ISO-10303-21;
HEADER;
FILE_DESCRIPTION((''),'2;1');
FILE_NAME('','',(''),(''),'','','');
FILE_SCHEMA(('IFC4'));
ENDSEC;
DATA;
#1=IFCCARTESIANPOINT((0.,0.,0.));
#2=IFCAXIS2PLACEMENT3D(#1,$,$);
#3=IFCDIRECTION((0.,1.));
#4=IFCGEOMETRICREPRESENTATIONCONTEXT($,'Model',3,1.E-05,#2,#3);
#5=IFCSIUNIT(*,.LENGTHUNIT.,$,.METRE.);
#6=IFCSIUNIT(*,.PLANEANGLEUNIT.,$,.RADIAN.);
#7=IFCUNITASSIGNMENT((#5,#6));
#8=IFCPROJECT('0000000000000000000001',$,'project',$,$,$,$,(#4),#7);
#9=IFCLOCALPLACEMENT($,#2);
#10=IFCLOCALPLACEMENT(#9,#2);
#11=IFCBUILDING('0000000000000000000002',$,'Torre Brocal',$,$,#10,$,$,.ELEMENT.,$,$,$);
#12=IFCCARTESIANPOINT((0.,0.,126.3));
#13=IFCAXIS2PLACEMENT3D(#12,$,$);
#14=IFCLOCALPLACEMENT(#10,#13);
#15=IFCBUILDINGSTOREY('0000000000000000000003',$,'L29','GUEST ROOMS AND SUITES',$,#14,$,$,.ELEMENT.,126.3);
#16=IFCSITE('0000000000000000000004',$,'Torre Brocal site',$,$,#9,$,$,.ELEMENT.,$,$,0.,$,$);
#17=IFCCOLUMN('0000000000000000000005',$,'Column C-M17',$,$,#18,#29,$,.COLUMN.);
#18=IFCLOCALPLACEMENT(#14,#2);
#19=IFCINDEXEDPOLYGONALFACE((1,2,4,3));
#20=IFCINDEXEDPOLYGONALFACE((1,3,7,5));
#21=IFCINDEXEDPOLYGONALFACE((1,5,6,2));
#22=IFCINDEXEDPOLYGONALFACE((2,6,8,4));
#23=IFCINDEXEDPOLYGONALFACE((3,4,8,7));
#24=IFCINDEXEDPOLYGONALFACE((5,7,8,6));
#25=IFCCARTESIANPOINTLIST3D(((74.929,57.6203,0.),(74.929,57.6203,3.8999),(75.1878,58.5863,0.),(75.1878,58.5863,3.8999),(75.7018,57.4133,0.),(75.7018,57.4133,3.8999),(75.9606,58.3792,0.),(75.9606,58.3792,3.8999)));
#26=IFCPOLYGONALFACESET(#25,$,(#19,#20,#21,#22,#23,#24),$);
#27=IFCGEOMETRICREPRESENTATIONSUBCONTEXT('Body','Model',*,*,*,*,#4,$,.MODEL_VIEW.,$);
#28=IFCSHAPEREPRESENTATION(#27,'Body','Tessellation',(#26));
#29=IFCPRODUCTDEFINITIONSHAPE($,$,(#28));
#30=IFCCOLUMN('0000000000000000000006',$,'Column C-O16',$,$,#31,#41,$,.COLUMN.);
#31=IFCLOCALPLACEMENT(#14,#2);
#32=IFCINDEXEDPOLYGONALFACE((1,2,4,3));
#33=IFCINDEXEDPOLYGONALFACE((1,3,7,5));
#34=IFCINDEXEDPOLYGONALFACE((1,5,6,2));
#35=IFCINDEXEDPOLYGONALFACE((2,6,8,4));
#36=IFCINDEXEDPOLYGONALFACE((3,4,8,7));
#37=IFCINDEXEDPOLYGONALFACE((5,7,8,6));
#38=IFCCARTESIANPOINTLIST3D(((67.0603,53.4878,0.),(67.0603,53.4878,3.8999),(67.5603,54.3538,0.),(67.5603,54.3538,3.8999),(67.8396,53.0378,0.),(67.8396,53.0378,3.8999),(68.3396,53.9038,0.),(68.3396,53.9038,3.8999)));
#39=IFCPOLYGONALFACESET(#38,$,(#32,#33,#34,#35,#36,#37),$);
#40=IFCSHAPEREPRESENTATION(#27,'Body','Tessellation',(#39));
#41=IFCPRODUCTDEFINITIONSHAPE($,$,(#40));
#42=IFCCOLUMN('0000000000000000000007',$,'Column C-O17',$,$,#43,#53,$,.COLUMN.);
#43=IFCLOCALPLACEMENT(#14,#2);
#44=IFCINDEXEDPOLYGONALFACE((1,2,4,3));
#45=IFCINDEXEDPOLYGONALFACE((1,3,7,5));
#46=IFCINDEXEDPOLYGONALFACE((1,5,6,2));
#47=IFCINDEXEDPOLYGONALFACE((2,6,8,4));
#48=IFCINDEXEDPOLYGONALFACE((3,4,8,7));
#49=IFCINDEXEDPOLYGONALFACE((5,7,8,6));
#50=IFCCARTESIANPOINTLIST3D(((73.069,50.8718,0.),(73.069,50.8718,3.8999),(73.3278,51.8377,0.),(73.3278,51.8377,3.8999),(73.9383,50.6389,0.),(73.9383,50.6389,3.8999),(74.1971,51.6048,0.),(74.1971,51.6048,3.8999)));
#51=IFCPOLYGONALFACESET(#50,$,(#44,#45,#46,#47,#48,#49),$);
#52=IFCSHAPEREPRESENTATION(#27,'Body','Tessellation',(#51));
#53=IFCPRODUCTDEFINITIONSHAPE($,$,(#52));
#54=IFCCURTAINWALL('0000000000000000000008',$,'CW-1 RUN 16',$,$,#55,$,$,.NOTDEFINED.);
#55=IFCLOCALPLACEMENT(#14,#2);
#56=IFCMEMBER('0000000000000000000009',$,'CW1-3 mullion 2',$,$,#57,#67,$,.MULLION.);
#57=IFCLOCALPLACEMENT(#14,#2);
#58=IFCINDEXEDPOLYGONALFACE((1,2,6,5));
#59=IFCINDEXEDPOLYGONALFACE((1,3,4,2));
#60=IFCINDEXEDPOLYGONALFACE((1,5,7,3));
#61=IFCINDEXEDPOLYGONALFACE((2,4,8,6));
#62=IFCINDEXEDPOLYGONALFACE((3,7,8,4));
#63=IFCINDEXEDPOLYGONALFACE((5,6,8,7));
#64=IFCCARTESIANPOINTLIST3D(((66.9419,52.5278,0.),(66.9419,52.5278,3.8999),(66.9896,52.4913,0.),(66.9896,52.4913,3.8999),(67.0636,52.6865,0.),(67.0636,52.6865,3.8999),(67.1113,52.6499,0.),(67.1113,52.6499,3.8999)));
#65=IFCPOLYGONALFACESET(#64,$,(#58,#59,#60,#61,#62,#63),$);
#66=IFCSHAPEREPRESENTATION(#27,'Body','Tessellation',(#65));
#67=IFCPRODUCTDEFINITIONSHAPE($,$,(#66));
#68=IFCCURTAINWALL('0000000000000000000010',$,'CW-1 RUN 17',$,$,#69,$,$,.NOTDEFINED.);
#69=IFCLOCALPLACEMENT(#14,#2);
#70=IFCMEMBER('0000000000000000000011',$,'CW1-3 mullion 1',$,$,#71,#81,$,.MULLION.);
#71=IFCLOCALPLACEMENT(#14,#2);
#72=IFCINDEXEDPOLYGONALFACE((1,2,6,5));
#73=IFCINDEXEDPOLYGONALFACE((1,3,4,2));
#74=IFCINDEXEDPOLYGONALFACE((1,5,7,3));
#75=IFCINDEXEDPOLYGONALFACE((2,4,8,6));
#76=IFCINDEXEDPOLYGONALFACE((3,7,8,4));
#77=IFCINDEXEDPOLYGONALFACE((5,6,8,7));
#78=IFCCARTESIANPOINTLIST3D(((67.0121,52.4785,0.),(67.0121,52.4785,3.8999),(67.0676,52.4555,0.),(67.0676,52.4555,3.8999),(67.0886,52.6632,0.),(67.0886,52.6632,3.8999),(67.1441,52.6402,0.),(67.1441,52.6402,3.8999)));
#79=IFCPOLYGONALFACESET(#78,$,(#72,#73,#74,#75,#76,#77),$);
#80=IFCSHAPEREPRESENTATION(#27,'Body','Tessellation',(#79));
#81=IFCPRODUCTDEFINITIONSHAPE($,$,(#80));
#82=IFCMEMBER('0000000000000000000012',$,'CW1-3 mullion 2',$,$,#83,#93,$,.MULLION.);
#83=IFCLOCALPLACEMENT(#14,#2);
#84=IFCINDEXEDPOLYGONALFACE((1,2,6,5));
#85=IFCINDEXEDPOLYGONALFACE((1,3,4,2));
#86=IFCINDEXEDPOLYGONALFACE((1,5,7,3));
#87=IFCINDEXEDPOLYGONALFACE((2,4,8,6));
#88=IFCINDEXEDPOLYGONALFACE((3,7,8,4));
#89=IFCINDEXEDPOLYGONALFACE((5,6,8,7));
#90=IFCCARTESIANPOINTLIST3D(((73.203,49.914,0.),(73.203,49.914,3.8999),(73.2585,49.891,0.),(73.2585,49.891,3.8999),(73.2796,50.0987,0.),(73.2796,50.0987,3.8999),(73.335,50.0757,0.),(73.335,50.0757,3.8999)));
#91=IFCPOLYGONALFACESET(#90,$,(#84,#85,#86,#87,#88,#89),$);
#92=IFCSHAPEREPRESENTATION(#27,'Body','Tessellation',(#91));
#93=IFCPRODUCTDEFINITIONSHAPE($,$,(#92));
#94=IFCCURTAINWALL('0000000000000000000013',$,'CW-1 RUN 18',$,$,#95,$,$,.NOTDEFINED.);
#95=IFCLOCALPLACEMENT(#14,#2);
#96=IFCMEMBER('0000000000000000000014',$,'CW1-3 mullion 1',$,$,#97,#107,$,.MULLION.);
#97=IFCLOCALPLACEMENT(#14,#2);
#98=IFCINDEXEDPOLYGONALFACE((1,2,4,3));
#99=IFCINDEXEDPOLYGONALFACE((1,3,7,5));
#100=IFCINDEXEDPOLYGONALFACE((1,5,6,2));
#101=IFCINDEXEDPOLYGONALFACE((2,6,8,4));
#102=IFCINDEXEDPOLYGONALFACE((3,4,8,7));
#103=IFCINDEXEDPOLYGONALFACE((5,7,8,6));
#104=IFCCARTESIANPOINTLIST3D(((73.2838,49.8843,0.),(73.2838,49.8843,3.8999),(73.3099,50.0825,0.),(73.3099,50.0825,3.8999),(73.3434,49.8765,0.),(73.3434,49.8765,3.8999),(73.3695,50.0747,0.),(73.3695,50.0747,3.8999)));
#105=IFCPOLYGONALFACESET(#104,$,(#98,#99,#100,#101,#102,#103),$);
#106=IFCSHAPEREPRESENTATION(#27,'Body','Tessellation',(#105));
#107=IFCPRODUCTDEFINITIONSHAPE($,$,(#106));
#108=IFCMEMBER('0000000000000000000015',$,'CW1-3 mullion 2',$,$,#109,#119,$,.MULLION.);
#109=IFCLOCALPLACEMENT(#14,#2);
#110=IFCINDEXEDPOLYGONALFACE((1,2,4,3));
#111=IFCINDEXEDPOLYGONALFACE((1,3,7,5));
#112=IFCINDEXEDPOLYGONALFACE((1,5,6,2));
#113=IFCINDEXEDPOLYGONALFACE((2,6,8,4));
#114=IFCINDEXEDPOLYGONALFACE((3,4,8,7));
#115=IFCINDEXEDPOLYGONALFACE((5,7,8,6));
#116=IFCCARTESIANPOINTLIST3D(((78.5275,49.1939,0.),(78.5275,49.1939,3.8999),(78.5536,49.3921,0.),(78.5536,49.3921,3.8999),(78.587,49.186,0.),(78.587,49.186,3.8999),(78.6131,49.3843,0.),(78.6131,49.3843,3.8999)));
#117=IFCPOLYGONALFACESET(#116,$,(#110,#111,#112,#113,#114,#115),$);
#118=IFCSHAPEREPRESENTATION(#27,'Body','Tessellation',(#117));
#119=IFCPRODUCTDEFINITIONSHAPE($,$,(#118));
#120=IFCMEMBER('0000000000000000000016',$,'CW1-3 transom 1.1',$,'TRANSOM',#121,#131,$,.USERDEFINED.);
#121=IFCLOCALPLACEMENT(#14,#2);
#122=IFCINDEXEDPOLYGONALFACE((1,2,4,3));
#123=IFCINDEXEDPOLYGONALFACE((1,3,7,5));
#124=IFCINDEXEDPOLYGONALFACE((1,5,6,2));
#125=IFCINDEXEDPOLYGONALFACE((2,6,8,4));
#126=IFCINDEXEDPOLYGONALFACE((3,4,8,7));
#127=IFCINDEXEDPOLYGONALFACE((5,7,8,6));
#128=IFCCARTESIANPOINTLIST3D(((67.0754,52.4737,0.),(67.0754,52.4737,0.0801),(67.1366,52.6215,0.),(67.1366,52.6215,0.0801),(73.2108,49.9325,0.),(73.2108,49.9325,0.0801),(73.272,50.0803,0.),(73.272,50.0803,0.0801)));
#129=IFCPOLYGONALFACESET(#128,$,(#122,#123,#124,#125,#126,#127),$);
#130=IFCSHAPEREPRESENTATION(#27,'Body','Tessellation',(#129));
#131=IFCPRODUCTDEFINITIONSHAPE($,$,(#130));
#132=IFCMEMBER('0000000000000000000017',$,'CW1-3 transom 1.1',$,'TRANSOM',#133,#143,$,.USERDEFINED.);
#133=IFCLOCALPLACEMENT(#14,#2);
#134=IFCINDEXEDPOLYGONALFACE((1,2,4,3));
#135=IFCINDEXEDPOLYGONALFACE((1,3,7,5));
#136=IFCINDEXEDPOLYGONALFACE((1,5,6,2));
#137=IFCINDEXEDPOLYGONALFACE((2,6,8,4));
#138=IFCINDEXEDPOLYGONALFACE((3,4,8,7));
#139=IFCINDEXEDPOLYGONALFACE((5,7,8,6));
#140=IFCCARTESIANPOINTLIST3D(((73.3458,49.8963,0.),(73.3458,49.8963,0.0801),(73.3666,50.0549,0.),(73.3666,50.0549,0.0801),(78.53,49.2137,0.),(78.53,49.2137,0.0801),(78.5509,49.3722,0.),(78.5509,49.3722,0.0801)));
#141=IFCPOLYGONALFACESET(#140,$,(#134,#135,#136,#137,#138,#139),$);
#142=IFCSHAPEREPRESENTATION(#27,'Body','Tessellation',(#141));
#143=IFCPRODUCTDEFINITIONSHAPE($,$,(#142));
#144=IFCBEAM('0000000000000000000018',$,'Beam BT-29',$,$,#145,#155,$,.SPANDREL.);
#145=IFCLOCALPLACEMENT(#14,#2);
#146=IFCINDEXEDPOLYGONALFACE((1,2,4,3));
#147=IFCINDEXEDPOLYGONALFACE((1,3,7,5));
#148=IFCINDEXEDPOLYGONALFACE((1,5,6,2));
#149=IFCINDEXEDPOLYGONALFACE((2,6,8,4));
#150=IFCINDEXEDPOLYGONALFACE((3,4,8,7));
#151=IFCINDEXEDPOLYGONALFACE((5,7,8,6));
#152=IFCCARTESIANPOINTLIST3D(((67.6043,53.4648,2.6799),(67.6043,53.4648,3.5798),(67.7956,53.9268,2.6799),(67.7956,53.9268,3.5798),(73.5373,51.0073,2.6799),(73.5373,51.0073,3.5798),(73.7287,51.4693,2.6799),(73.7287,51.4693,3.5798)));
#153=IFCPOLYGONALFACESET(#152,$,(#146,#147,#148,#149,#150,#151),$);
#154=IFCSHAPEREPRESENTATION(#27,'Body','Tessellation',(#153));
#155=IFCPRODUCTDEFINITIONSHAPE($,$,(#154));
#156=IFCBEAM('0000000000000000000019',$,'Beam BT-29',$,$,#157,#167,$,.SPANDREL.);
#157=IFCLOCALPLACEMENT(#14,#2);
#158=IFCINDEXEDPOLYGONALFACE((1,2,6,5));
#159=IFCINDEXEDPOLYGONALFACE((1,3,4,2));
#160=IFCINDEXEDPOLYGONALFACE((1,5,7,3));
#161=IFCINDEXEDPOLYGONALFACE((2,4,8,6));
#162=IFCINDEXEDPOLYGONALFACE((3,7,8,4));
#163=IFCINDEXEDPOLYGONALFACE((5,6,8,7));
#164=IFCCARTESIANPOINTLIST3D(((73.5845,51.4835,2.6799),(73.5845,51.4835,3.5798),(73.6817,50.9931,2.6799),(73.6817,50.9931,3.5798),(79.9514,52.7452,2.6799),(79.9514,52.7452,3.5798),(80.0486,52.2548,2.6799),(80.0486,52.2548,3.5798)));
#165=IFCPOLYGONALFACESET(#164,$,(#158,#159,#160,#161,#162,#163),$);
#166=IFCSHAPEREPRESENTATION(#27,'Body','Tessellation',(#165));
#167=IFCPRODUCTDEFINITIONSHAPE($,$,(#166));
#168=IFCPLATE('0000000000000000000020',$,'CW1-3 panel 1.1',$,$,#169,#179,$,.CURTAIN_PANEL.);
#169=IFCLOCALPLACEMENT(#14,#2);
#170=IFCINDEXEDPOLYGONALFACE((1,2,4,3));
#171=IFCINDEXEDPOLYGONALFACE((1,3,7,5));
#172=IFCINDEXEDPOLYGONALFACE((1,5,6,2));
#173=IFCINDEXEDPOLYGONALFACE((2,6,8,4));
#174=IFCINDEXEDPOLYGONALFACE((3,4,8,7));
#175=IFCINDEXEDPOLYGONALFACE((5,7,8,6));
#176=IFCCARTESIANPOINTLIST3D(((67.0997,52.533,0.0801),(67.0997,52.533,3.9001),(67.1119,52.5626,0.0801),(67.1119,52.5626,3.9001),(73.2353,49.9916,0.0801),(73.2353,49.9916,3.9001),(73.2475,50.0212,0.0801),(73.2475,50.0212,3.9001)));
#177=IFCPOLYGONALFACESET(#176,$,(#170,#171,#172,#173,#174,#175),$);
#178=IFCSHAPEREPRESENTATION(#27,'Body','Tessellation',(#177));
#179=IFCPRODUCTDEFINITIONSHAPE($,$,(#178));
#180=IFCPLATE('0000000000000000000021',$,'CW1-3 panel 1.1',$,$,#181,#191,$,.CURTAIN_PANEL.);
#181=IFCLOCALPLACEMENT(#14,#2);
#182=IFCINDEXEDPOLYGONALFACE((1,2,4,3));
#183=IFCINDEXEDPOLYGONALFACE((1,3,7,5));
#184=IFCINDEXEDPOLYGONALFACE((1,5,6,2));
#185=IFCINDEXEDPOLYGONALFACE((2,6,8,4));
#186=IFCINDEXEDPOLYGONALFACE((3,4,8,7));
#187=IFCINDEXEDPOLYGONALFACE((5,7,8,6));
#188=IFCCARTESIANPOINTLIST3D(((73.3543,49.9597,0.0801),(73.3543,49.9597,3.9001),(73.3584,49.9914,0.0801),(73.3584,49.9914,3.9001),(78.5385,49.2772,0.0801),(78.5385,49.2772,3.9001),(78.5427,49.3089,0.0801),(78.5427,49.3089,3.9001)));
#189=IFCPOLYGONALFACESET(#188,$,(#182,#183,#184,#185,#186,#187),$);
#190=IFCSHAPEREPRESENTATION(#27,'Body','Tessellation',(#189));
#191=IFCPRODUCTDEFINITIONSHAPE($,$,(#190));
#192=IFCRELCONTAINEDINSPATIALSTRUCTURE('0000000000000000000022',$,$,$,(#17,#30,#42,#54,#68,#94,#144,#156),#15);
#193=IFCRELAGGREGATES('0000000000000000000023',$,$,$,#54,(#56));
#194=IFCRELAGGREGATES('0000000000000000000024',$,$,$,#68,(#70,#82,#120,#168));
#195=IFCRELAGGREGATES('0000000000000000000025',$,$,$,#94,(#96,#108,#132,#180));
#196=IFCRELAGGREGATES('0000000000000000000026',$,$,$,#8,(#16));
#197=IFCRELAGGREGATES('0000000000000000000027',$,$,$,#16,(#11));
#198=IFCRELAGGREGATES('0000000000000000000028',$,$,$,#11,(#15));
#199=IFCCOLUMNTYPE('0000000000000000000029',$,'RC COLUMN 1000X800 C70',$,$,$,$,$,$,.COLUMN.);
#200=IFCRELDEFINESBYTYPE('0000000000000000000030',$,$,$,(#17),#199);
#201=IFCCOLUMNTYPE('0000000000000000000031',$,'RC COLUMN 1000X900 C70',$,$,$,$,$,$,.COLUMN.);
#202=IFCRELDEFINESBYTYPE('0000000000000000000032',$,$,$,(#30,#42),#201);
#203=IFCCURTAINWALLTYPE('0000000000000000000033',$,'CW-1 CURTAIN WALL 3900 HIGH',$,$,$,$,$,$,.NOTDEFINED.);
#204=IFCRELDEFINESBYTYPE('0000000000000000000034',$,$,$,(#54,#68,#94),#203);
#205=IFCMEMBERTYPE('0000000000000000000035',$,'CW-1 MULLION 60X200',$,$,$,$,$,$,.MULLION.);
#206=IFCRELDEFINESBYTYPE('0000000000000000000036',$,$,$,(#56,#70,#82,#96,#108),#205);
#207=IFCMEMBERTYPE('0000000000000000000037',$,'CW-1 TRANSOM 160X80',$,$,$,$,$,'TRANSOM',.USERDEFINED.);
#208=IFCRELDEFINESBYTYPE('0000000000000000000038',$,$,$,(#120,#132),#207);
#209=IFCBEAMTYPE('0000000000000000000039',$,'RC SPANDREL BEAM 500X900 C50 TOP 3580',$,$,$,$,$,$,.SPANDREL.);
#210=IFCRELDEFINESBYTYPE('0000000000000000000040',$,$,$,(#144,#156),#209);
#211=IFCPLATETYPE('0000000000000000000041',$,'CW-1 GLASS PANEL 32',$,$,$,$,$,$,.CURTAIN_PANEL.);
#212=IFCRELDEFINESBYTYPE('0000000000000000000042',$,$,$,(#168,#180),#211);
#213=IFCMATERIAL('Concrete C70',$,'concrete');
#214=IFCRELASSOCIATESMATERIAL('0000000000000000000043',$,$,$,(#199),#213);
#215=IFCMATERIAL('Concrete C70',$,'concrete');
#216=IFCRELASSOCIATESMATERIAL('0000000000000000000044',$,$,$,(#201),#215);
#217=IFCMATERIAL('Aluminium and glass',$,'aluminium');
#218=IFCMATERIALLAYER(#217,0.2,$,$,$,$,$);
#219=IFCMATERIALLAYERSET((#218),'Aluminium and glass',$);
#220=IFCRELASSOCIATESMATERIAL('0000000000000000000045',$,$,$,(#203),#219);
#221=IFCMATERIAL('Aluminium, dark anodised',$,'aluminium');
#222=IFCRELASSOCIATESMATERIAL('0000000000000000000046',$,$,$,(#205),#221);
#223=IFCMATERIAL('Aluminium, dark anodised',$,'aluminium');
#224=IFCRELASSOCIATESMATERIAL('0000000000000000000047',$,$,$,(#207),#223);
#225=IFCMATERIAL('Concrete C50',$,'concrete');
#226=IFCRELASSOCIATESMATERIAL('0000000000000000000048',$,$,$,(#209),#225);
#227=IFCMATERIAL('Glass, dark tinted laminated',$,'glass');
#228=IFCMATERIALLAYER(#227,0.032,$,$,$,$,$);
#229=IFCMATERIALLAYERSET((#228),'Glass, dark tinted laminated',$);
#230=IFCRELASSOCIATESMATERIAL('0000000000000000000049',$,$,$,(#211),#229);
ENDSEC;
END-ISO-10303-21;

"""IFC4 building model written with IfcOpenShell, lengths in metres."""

from ifc_helpers import new_model, si_unit, direction, frame, origin, origin_2d, place, context, subcontext, project, spatial, rectangle, extrude, material, layer, layer_set, material_profile, profile_set, type_object, element, aggregate, save


model = new_model("IFC4")

# Units and contexts
model_context = context("Model", 3, precision=1e-05, world=origin(), true_north=direction((0.0, 1.0)))
body_context = subcontext(model_context, "Body", "Model", "MODEL_VIEW")
ifc_project = project(units=[si_unit("LENGTHUNIT", "METRE"), si_unit("PLANEANGLEUNIT", "RADIAN")], contexts=[model_context])

# Site, building, storey
site_placement = place(None, origin())
site = spatial("IfcSite", under=ifc_project, at=site_placement, Name="Torre Brocal site", CompositionType="ELEMENT", RefElevation=0.0)
building_placement = place(site_placement, origin())
building = spatial("IfcBuilding", under=site, at=building_placement, Name="Torre Brocal", CompositionType="ELEMENT")
storey_placement = place(building_placement, frame((0.0, 0.0, 126.3)))
storey = spatial("IfcBuildingStorey", under=building, at=storey_placement, Name="L29", Description="GUEST ROOMS AND SUITES", CompositionType="ELEMENT", Elevation=126.3)

# Columns
ifc_material_1 = material(Name="Concrete C70", Category="concrete")
ifc_material_profile_1 = material_profile(ifc_material_1, rectangle(XDim=1.0, YDim=0.8, at=origin_2d()), Name="RC 1000X800")
ifc_profile_set_1 = profile_set([ifc_material_profile_1], Name="Concrete C70")
column_type_1 = type_object("IfcColumnType", Name="RC COLUMN 1000X800 C70", PredefinedType="COLUMN", material=ifc_profile_set_1)
column_placement = place(storey_placement, frame((75.4448, 57.9998, 0.0), z_axis=(0.0, 0.0, 1.0), x_axis=(-0.258819, -0.965926, 0.0)))
element("IfcColumn", 1, at=column_placement, inside=storey, type_object=column_type_1, Name="Column C-M17", PredefinedType="COLUMN", context=body_context, shape_type="SweptSolid", body=[
    extrude(rectangle(XDim=1.0, YDim=0.8, at=origin_2d()), origin(), (0.0, 0.0, 1.0), 3.8999),
])
ifc_material_2 = material(Name="Concrete C70", Category="concrete")
ifc_material_profile_2 = material_profile(ifc_material_2, rectangle(XDim=1.0, YDim=0.8999, at=origin_2d()), Name="RC 1000X900")
ifc_profile_set_2 = profile_set([ifc_material_profile_2], Name="Concrete C70")
column_type_2 = type_object("IfcColumnType", Name="RC COLUMN 1000X900 C70", PredefinedType="COLUMN", material=ifc_profile_set_2)
for number, where, z_axis, x_axis, name in (
    (2, (67.7, 53.6958, 0.0), (0.0, 0.0, 1.0), (-0.5, -0.866025, 0.0), "Column C-O16"),
    (3, (73.6331, 51.2383, 0.0), (0.0, 0.0, 1.0), (-0.258819, -0.965926, 0.0), "Column C-O17"),
):
    element("IfcColumn", number, at=place(storey_placement, frame(where, z_axis=z_axis, x_axis=x_axis)), inside=storey, type_object=column_type_2, Name=name, PredefinedType="COLUMN", context=body_context, shape_type="SweptSolid", body=[
        extrude(rectangle(XDim=1.0, YDim=0.8999, at=origin_2d()), origin(), (0.0, 0.0, 1.0), 3.8999),
    ])

# Curtain wall, member
ifc_material_3 = material(Name="Aluminium and glass", Category="aluminium")
ifc_layer_1 = layer(ifc_material_3, 0.2)
ifc_layer_set_1 = layer_set([ifc_layer_1], Name="Aluminium and glass")
curtain_wall_type = type_object("IfcCurtainWallType", Name="CW-1 CURTAIN WALL 3900 HIGH", PredefinedType="NOTDEFINED", material=ifc_layer_set_1)
curtain_wall_1_placement = place(storey_placement, origin())
curtain_wall_1 = element("IfcCurtainWall", 4, at=curtain_wall_1_placement, inside=storey, type_object=curtain_wall_type, Name="CW-1 RUN 16", PredefinedType="NOTDEFINED")
ifc_material_4 = material(Name="Aluminium, dark anodised", Category="aluminium")
ifc_material_profile_3 = material_profile(ifc_material_4, rectangle(XDim=0.2, YDim=0.0601, at=origin_2d()), Name="CW-1 MULLION 60X200")
ifc_profile_set_3 = profile_set([ifc_material_profile_3], Name="Aluminium, dark anodised")
member_type_1 = type_object("IfcMemberType", Name="CW-1 MULLION 60X200", PredefinedType="MULLION", material=ifc_profile_set_3)
member_1_placement = place(storey_placement, frame((67.0266, 52.5889, 0.0), z_axis=(0.0, 0.0, 1.0), x_axis=(0.608761, 0.793353, 0.0)))
member_1 = element("IfcMember", 5, at=member_1_placement, type_object=member_type_1, Name="CW1-3 mullion 2", PredefinedType="MULLION", context=body_context, shape_type="SweptSolid", body=[
    extrude(rectangle(XDim=0.2, YDim=0.0601, at=origin_2d()), origin(), (0.0, 0.0, 1.0), 3.8999),
])
aggregate(curtain_wall_1, [member_1])

# Curtain walls, members
curtain_wall_2_placement = place(storey_placement, origin())
curtain_wall_2 = element("IfcCurtainWall", 6, at=curtain_wall_2_placement, inside=storey, type_object=curtain_wall_type, Name="CW-1 RUN 17", PredefinedType="NOTDEFINED")
member_2_placement = place(storey_placement, frame((67.0781, 52.5593, 0.0), z_axis=(0.0, 0.0, 1.0), x_axis=(0.382683, 0.92388, 0.0)))
member_2 = element("IfcMember", 7, at=member_2_placement, type_object=member_type_1, Name="CW1-3 mullion 1", PredefinedType="MULLION", context=body_context, shape_type="SweptSolid", body=[
    extrude(rectangle(XDim=0.2, YDim=0.0601, at=origin_2d()), origin(), (0.0, 0.0, 1.0), 3.8999),
])
member_3_placement = place(storey_placement, frame((73.269, 49.9949, 0.0), z_axis=(0.0, 0.0, 1.0), x_axis=(0.382683, 0.92388, 0.0)))
member_3 = element("IfcMember", 8, at=member_3_placement, type_object=member_type_1, Name="CW1-3 mullion 2", PredefinedType="MULLION", context=body_context, shape_type="SweptSolid", body=[
    extrude(rectangle(XDim=0.2, YDim=0.0601, at=origin_2d()), origin(), (0.0, 0.0, 1.0), 3.8999),
])
curtain_wall_3_placement = place(storey_placement, origin())
curtain_wall_3 = element("IfcCurtainWall", 9, at=curtain_wall_3_placement, inside=storey, type_object=curtain_wall_type, Name="CW-1 RUN 18", PredefinedType="NOTDEFINED")
member_4_placement = place(storey_placement, frame((73.3267, 49.9795, 0.0), z_axis=(0.0, 0.0, 1.0), x_axis=(0.130526, 0.991445, 0.0)))
member_4 = element("IfcMember", 10, at=member_4_placement, type_object=member_type_1, Name="CW1-3 mullion 1", PredefinedType="MULLION", context=body_context, shape_type="SweptSolid", body=[
    extrude(rectangle(XDim=0.2, YDim=0.0601, at=origin_2d()), origin(), (0.0, 0.0, 1.0), 3.8999),
])
member_5_placement = place(storey_placement, frame((78.5703, 49.2891, 0.0), z_axis=(0.0, 0.0, 1.0), x_axis=(0.130526, 0.991445, 0.0)))
member_5 = element("IfcMember", 11, at=member_5_placement, type_object=member_type_1, Name="CW1-3 mullion 2", PredefinedType="MULLION", context=body_context, shape_type="SweptSolid", body=[
    extrude(rectangle(XDim=0.2, YDim=0.0601, at=origin_2d()), origin(), (0.0, 0.0, 1.0), 3.8999),
])

# Members
ifc_material_5 = material(Name="Aluminium, dark anodised", Category="aluminium")
ifc_material_profile_4 = material_profile(ifc_material_5, rectangle(XDim=0.1599, YDim=0.0801, at=origin_2d()), Name="CW-1 TRANSOM 160X80")
ifc_profile_set_4 = profile_set([ifc_material_profile_4], Name="Aluminium, dark anodised")
member_type_2 = type_object("IfcMemberType", Name="CW-1 TRANSOM 160X80", ElementType="TRANSOM", PredefinedType="USERDEFINED", material=ifc_profile_set_4)
member_6_placement = place(storey_placement, frame((67.106, 52.5476, 0.04), z_axis=(0.923887, -0.382665, 0.0), x_axis=(0.382665, 0.923887, 0.0)))
member_6 = element("IfcMember", 12, at=member_6_placement, type_object=member_type_2, Name="CW1-3 transom 1.1", ObjectType="TRANSOM", PredefinedType="USERDEFINED", context=body_context, shape_type="SweptSolid", body=[
    extrude(rectangle(XDim=0.1599, YDim=0.0801, at=origin_2d()), origin(), (0.0, 0.0, 1.0), 6.6409),
])
member_7_placement = place(storey_placement, frame((73.3562, 49.9756, 0.04), z_axis=(0.991443, -0.130543, 0.0), x_axis=(0.130543, 0.991443, 0.0)))
member_7 = element("IfcMember", 13, at=member_7_placement, type_object=member_type_2, Name="CW1-3 transom 1.1", ObjectType="TRANSOM", PredefinedType="USERDEFINED", context=body_context, shape_type="SweptSolid", body=[
    extrude(rectangle(XDim=0.1599, YDim=0.0801, at=origin_2d()), origin(), (0.0, 0.0, 1.0), 5.229),
])

# Beams
ifc_material_6 = material(Name="Concrete C50", Category="concrete")
ifc_material_profile_5 = material_profile(ifc_material_6, rectangle(XDim=0.5, YDim=0.8999, at=origin_2d()), Name="RC 500X900")
ifc_profile_set_5 = profile_set([ifc_material_profile_5], Name="Concrete C50")
beam_type = type_object("IfcBeamType", Name="RC SPANDREL BEAM 500X900 C50 TOP 3580", PredefinedType="SPANDREL", material=ifc_profile_set_5)
beam_1_placement = place(storey_placement, frame((67.7, 53.6958, 3.1299), z_axis=(0.923882, -0.382676, 0.0), x_axis=(0.382676, 0.923882, 0.0)))
element("IfcBeam", 14, at=beam_1_placement, inside=storey, type_object=beam_type, Name="Beam BT-29", PredefinedType="SPANDREL", context=body_context, shape_type="SweptSolid", body=[
    extrude(rectangle(XDim=0.5, YDim=0.8999, at=origin_2d()), origin(), (0.0, 0.0, 1.0), 6.4219),
])
beam_2_placement = place(storey_placement, frame((73.6331, 51.2383, 3.1299), z_axis=(0.980925, 0.194387, 0.0), x_axis=(-0.194387, 0.980925, 0.0)))
element("IfcBeam", 15, at=beam_2_placement, inside=storey, type_object=beam_type, Name="Beam BT-29", PredefinedType="SPANDREL", context=body_context, shape_type="SweptSolid", body=[
    extrude(rectangle(XDim=0.5, YDim=0.8999, at=origin_2d()), origin(), (0.0, 0.0, 1.0), 6.4907),
])

# Plates
ifc_material_7 = material(Name="Glass, dark tinted laminated", Category="glass")
ifc_layer_2 = layer(ifc_material_7, 0.032)
ifc_layer_set_2 = layer_set([ifc_layer_2], Name="Glass, dark tinted laminated")
plate_type = type_object("IfcPlateType", Name="CW-1 GLASS PANEL 32", PredefinedType="CURTAIN_PANEL", material=ifc_layer_set_2)
plate_1_placement = place(storey_placement, frame((70.1736, 51.2771, 0.0801), z_axis=(0.0, 0.0, 1.0), x_axis=(0.92388, -0.382683, 0.0)))
plate_1 = element("IfcPlate", 16, at=plate_1_placement, type_object=plate_type, Name="CW1-3 panel 1.1", PredefinedType="CURTAIN_PANEL", context=body_context, shape_type="SweptSolid", body=[
    extrude(rectangle(XDim=6.6411, YDim=0.032, at=origin_2d()), origin(), (0.0, 0.0, 1.0), 3.8201),
])
aggregate(curtain_wall_2, [member_2, member_3, member_6, plate_1])
plate_2_placement = place(storey_placement, frame((75.9485, 49.6343, 0.0801), z_axis=(0.0, 0.0, 1.0), x_axis=(0.991445, -0.130526, 0.0)))
plate_2 = element("IfcPlate", 17, at=plate_2_placement, type_object=plate_type, Name="CW1-3 panel 1.1", PredefinedType="CURTAIN_PANEL", context=body_context, shape_type="SweptSolid", body=[
    extrude(rectangle(XDim=5.229, YDim=0.032, at=origin_2d()), origin(), (0.0, 0.0, 1.0), 3.8201),
])
aggregate(curtain_wall_3, [member_4, member_5, member_7, plate_2])

save(model, "model.ifc")
